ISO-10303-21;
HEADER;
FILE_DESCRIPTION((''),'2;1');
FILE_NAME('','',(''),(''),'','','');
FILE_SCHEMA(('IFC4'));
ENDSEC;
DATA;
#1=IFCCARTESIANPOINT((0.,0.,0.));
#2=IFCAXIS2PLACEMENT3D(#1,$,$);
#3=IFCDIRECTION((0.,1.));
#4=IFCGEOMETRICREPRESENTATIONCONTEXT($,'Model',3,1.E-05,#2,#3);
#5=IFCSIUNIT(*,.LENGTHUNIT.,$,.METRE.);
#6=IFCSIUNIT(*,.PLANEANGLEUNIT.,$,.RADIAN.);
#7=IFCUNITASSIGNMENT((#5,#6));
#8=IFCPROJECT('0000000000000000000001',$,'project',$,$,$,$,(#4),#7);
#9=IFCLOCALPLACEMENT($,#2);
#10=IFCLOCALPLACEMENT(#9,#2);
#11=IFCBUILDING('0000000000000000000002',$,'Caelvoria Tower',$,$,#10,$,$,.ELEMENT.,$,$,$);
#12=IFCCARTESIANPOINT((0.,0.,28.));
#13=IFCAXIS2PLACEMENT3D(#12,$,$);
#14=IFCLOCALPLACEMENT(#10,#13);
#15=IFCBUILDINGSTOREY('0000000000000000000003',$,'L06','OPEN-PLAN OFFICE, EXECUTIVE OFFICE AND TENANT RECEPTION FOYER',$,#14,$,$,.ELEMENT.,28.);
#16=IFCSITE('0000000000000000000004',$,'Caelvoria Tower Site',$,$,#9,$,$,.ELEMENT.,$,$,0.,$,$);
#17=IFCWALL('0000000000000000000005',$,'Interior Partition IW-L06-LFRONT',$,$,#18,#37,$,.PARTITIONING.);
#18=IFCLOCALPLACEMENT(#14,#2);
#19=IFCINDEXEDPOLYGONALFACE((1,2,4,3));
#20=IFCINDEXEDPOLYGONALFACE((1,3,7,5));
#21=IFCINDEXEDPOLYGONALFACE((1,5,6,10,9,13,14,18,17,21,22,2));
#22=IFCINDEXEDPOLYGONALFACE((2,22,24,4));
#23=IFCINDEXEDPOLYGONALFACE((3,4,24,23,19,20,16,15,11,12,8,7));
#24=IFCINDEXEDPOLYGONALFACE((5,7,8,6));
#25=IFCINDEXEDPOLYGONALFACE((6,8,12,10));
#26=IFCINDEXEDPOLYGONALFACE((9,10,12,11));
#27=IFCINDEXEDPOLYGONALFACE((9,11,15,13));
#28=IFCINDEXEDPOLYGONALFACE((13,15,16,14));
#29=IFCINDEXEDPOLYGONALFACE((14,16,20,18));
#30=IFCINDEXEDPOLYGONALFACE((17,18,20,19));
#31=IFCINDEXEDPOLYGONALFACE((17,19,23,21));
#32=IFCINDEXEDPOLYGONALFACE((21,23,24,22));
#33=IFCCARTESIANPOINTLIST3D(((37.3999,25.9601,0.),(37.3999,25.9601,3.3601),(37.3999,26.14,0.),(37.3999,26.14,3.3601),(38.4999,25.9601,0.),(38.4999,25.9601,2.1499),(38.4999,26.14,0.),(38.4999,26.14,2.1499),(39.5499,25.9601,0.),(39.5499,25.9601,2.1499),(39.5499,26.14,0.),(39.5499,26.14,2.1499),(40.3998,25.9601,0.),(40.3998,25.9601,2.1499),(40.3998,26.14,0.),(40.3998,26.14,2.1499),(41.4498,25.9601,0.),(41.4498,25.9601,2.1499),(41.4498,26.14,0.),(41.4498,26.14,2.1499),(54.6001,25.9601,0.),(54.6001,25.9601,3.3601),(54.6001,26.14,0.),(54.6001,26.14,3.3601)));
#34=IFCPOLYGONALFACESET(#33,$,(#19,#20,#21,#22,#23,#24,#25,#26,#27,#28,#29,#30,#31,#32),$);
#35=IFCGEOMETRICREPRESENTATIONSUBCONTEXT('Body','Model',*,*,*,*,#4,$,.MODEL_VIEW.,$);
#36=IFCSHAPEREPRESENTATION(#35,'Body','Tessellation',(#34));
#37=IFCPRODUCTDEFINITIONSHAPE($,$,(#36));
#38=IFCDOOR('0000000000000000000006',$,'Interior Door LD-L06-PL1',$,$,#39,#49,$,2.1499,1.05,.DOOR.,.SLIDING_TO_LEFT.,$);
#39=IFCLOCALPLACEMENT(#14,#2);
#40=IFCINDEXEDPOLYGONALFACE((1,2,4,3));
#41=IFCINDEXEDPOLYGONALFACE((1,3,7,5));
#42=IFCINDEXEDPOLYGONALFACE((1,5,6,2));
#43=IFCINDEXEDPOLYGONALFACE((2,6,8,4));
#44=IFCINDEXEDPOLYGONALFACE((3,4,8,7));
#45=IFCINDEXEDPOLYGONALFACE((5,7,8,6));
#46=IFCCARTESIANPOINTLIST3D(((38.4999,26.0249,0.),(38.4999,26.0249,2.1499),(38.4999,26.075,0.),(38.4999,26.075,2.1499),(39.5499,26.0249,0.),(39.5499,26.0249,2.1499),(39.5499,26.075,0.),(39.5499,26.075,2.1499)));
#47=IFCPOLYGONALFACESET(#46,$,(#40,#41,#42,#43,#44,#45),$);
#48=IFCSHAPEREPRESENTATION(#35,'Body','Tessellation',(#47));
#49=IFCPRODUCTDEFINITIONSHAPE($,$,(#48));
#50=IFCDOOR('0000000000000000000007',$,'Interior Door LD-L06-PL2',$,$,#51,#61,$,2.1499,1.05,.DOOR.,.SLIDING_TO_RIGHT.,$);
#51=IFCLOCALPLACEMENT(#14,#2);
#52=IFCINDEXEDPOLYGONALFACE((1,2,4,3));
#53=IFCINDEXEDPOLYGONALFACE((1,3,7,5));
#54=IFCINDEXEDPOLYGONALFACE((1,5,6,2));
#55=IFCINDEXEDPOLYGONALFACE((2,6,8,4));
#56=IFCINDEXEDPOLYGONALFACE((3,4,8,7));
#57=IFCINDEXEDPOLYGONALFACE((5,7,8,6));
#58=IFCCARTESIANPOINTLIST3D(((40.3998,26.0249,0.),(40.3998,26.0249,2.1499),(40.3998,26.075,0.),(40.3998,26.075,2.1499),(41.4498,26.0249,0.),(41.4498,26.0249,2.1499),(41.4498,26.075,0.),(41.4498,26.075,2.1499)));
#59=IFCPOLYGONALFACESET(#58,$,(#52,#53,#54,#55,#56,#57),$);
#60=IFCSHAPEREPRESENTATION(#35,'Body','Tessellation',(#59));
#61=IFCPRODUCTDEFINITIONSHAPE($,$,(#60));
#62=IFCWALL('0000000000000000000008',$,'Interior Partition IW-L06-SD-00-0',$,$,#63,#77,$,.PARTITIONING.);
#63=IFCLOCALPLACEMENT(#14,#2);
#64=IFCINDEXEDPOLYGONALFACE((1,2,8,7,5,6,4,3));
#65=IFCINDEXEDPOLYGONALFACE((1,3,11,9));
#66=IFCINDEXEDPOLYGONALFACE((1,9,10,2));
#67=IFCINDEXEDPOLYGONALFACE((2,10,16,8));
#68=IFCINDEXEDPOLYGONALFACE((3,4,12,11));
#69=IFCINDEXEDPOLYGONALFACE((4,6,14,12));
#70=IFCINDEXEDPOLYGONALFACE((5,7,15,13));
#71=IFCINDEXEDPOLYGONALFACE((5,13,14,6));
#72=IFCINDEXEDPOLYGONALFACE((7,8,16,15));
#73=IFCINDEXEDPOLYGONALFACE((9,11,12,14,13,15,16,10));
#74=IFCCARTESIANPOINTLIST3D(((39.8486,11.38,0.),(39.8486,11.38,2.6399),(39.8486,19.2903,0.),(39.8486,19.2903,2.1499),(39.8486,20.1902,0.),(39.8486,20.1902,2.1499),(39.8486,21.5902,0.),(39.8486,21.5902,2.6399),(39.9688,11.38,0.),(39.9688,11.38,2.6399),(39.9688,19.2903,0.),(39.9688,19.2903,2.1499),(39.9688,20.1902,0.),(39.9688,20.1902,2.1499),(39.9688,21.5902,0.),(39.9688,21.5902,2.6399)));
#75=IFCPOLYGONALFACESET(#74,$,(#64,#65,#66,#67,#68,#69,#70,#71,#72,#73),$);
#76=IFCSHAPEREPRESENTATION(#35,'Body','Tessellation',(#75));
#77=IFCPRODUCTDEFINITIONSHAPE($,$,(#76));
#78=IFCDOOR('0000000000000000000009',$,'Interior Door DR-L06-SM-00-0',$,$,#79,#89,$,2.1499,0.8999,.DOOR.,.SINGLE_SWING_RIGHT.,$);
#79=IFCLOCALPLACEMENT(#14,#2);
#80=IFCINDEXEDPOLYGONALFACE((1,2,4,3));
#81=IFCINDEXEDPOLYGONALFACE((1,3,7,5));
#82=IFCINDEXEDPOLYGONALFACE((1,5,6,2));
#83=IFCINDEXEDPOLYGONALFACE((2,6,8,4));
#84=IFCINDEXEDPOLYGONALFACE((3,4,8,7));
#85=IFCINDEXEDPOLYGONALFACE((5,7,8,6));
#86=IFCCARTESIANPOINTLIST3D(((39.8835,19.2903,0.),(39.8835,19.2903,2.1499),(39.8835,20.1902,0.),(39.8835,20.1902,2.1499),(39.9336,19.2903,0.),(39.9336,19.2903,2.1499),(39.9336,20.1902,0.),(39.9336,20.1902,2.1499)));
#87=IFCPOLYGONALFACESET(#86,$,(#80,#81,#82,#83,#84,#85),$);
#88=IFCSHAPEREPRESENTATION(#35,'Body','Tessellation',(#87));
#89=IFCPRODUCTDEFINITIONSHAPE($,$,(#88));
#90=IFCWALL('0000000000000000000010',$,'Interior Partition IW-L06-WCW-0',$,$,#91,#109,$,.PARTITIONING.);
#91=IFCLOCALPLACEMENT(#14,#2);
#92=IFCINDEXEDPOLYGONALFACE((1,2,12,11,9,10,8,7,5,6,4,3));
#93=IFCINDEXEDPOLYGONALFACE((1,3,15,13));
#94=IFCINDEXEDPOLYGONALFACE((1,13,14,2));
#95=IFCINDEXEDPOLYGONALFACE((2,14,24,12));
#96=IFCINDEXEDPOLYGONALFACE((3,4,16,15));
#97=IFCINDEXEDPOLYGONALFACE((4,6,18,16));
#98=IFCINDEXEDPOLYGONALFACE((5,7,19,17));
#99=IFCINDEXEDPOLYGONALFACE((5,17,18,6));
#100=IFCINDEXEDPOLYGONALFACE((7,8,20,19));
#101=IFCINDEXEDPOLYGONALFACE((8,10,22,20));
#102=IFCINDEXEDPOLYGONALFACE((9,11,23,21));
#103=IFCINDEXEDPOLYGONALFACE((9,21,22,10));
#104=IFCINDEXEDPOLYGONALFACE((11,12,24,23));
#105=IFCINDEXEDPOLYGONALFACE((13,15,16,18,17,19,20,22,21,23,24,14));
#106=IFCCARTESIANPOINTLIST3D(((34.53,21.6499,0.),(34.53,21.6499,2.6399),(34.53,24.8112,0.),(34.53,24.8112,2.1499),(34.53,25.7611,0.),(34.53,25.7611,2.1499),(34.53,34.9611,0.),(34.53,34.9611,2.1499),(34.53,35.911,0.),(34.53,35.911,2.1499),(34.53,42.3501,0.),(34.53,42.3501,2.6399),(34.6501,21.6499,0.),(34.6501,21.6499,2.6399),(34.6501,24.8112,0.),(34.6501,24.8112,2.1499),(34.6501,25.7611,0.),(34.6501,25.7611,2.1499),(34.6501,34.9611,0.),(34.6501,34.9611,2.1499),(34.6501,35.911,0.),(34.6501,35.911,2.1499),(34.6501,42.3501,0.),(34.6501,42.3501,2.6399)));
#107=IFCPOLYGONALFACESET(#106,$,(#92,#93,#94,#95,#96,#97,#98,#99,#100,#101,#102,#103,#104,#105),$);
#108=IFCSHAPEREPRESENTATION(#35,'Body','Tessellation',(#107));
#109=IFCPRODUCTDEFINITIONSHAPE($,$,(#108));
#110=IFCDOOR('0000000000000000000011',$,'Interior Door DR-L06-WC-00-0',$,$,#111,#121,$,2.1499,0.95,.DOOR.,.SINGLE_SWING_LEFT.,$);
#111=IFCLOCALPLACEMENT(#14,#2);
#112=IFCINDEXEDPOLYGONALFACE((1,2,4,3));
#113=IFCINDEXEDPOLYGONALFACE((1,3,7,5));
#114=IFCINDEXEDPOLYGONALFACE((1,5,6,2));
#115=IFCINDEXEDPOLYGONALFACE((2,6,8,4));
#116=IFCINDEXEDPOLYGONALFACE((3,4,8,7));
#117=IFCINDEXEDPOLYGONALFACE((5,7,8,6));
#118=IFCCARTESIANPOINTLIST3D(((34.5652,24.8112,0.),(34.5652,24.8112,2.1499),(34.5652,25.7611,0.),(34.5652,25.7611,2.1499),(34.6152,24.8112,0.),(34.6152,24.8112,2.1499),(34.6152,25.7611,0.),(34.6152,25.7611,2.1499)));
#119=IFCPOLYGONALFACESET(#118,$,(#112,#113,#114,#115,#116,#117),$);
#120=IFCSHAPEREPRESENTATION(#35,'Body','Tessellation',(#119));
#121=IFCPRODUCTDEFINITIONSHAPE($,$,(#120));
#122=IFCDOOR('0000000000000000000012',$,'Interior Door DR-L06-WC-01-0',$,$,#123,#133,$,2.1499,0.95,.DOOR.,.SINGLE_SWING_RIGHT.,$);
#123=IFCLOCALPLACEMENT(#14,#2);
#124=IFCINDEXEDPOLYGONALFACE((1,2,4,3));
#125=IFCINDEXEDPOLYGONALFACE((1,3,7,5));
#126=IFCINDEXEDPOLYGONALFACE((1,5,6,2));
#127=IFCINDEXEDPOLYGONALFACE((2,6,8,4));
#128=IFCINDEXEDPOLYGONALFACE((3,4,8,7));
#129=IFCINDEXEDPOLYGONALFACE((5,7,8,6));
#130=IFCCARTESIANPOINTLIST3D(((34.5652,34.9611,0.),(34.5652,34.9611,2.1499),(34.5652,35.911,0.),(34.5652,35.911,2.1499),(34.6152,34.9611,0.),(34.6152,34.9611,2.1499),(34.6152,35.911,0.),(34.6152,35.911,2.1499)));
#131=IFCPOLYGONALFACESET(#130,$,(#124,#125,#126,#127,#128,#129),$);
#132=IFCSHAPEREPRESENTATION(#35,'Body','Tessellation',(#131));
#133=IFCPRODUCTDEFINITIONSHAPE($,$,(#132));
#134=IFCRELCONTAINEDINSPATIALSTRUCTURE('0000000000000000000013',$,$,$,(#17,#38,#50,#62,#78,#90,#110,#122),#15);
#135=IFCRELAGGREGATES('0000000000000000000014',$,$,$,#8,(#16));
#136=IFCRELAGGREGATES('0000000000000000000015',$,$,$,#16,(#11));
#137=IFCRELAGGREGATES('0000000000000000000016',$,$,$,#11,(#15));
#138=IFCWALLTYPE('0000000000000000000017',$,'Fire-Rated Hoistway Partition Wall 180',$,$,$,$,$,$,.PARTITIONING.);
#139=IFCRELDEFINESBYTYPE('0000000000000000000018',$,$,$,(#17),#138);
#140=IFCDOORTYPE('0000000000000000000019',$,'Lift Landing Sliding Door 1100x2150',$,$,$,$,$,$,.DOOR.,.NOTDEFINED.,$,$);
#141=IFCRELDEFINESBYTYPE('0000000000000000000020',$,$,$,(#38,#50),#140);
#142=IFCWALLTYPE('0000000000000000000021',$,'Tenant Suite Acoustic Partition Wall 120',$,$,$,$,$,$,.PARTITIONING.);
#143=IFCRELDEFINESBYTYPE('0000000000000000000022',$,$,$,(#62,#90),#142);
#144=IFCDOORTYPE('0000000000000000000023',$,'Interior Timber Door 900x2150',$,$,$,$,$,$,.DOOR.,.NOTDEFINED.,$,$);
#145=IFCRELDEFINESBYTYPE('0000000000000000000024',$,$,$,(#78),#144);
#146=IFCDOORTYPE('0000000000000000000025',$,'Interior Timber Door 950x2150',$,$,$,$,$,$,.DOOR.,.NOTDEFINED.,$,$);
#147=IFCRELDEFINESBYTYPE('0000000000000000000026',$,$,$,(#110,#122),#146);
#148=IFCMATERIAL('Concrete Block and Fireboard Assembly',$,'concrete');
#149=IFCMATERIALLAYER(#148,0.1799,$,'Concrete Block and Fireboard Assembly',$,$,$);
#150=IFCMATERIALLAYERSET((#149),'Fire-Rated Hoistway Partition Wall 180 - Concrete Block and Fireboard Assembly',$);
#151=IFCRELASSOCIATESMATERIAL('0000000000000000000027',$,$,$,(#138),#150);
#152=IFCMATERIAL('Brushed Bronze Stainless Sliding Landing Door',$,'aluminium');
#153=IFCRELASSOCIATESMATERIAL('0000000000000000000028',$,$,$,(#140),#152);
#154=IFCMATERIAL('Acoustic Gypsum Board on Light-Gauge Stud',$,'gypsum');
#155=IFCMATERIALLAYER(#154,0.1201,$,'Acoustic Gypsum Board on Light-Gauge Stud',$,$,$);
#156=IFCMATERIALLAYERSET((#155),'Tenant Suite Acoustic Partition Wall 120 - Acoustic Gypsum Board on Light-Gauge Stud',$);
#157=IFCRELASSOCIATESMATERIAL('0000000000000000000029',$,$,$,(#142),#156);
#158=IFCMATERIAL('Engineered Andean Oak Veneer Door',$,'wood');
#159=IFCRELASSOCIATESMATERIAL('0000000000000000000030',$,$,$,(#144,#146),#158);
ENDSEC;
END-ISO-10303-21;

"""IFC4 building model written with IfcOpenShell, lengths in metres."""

from ifc_helpers import new_model, si_unit, direction, frame, frame_2d, origin, place, context, subcontext, project, spatial, rectangle, extrude, material, layer, layer_set, type_object, element, fill, save


model = new_model("IFC4")

# Units and contexts
model_context = context("Model", 3, precision=1e-05, world=origin(), true_north=direction((0.0, 1.0)))
body_context = subcontext(model_context, "Body", "Model", "MODEL_VIEW")
ifc_project = project(units=[si_unit("LENGTHUNIT", "METRE"), si_unit("PLANEANGLEUNIT", "RADIAN")], contexts=[model_context])

# Site, building, storey
site_placement = place(None, origin())
site = spatial("IfcSite", under=ifc_project, at=site_placement, Name="Caelvoria Tower Site", CompositionType="ELEMENT", RefElevation=0.0)
building_placement = place(site_placement, origin())
building = spatial("IfcBuilding", under=site, at=building_placement, Name="Caelvoria Tower", CompositionType="ELEMENT")
storey_placement = place(building_placement, frame((0.0, 0.0, 28.0)))
storey = spatial("IfcBuildingStorey", under=building, at=storey_placement, Name="L06", Description="OPEN-PLAN OFFICE, EXECUTIVE OFFICE AND TENANT RECEPTION FOYER", CompositionType="ELEMENT", Elevation=28.0)

# Shared definitions
ifc_material_1 = material(Name="Concrete Block and Fireboard Assembly", Category="concrete")
ifc_layer_1 = layer(ifc_material_1, 0.1799, Name="Concrete Block and Fireboard Assembly")
ifc_layer_set_1 = layer_set([ifc_layer_1], Name="Fire-Rated Hoistway Partition Wall 180 - Concrete Block and Fireboard Assembly")
wall_type_1 = type_object("IfcWallType", Name="Fire-Rated Hoistway Partition Wall 180", PredefinedType="PARTITIONING", material=ifc_layer_set_1)

# Wall, openings, doors
wall_1_placement = place(storey_placement, frame((37.3999, 26.05, 0.0), z_axis=(0.0, 0.0, 1.0), x_axis=(1.0, 0.0, 0.0)))
wall_1 = element("IfcWall", 1, at=wall_1_placement, inside=storey, type_object=wall_type_1, Name="Interior Partition IW-L06-LFRONT", PredefinedType="PARTITIONING", context=body_context, shape_type="SweptSolid", body=[
    extrude(rectangle(XDim=17.2002, YDim=0.1799, at=frame_2d((8.6001, 0.0))), origin(), (0.0, 0.0, 1.0), 3.3601),
])
opening_1_placement = place(wall_1_placement, frame((1.1001, 0.0, 0.0)))
opening_1 = element("IfcOpeningElement", 2, at=opening_1_placement, cuts=wall_1, PredefinedType="OPENING", context=body_context, shape_type="SweptSolid", body=[
    extrude(rectangle(XDim=1.05, YDim=2.1499, at=frame_2d((0.5249, 1.075))), frame((0.0, 0.0999, 0.0), z_axis=(0.0, -1.0, 0.0), x_axis=(1.0, 0.0, 0.0)), (0.0, 0.0, 1.0), 0.2),
])
opening_2_placement = place(wall_1_placement, frame((3.0, 0.0, 0.0)))
opening_2 = element("IfcOpeningElement", 3, at=opening_2_placement, cuts=wall_1, PredefinedType="OPENING", context=body_context, shape_type="SweptSolid", body=[
    extrude(rectangle(XDim=1.05, YDim=2.1499, at=frame_2d((0.5249, 1.075))), frame((0.0, 0.0999, 0.0), z_axis=(0.0, -1.0, 0.0), x_axis=(1.0, 0.0, 0.0)), (0.0, 0.0, 1.0), 0.2),
])
ifc_material_2 = material(Name="Brushed Bronze Stainless Sliding Landing Door", Category="aluminium")
door_type_1 = type_object("IfcDoorType", Name="Lift Landing Sliding Door 1100x2150", OperationType="NOTDEFINED", PredefinedType="DOOR", material=ifc_material_2)
door_1_placement = place(opening_1_placement, origin())
door_1 = element("IfcDoor", 4, at=door_1_placement, inside=storey, type_object=door_type_1, Name="Interior Door LD-L06-PL1", OperationType="SLIDING_TO_LEFT", OverallHeight=2.1499, OverallWidth=1.05, PredefinedType="DOOR", context=body_context, shape_type="SweptSolid", body=[
    extrude(rectangle(XDim=1.05, YDim=2.1499, at=frame_2d((0.5249, 1.075))), frame((0.0, 0.0249, 0.0), z_axis=(0.0, -1.0, 0.0), x_axis=(1.0, 0.0, 0.0)), (0.0, 0.0, 1.0), 0.05),
])
fill(opening_1, door_1)
door_2_placement = place(opening_2_placement, origin())
door_2 = element("IfcDoor", 5, at=door_2_placement, inside=storey, type_object=door_type_1, Name="Interior Door LD-L06-PL2", OperationType="SLIDING_TO_RIGHT", OverallHeight=2.1499, OverallWidth=1.05, PredefinedType="DOOR", context=body_context, shape_type="SweptSolid", body=[
    extrude(rectangle(XDim=1.05, YDim=2.1499, at=frame_2d((0.5249, 1.075))), frame((0.0, 0.0249, 0.0), z_axis=(0.0, -1.0, 0.0), x_axis=(1.0, 0.0, 0.0)), (0.0, 0.0, 1.0), 0.05),
])
fill(opening_2, door_2)

# Wall, opening, door
ifc_material_3 = material(Name="Acoustic Gypsum Board on Light-Gauge Stud", Category="gypsum")
ifc_layer_2 = layer(ifc_material_3, 0.1201, Name="Acoustic Gypsum Board on Light-Gauge Stud")
ifc_layer_set_2 = layer_set([ifc_layer_2], Name="Tenant Suite Acoustic Partition Wall 120 - Acoustic Gypsum Board on Light-Gauge Stud")
wall_type_2 = type_object("IfcWallType", Name="Tenant Suite Acoustic Partition Wall 120", PredefinedType="PARTITIONING", material=ifc_layer_set_2)
wall_2_placement = place(storey_placement, frame((39.9087, 21.5901, 0.0), z_axis=(0.0, 0.0, 1.0), x_axis=(0.0, -1.0, 0.0)))
wall_2 = element("IfcWall", 6, at=wall_2_placement, inside=storey, type_object=wall_type_2, Name="Interior Partition IW-L06-SD-00-0", PredefinedType="PARTITIONING", context=body_context, shape_type="SweptSolid", body=[
    extrude(rectangle(XDim=10.2102, YDim=0.1201, at=frame_2d((5.105, 0.0))), origin(), (0.0, 0.0, 1.0), 2.6399),
])
opening_3_placement = place(wall_2_placement, frame((1.3999, 0.0, 0.0)))
opening_3 = element("IfcOpeningElement", 7, at=opening_3_placement, cuts=wall_2, PredefinedType="OPENING", context=body_context, shape_type="SweptSolid", body=[
    extrude(rectangle(XDim=0.8999, YDim=2.1499, at=frame_2d((0.45, 1.075))), frame((0.0, 0.0701, 0.0), z_axis=(0.0, -1.0, 0.0), x_axis=(1.0, 0.0, 0.0)), (0.0, 0.0, 1.0), 0.1401),
])
ifc_material_4 = material(Name="Engineered Andean Oak Veneer Door", Category="wood")
door_type_2 = type_object("IfcDoorType", Name="Interior Timber Door 900x2150", OperationType="NOTDEFINED", PredefinedType="DOOR", material=ifc_material_4)
door_3_placement = place(opening_3_placement, origin())
door_3 = element("IfcDoor", 8, at=door_3_placement, inside=storey, type_object=door_type_2, Name="Interior Door DR-L06-SM-00-0", OperationType="SINGLE_SWING_RIGHT", OverallHeight=2.1499, OverallWidth=0.8999, PredefinedType="DOOR", context=body_context, shape_type="SweptSolid", body=[
    extrude(rectangle(XDim=0.8999, YDim=2.1499, at=frame_2d((0.45, 1.075))), frame((0.0, 0.0249, 0.0), z_axis=(0.0, -1.0, 0.0), x_axis=(1.0, 0.0, 0.0)), (0.0, 0.0, 1.0), 0.05),
])
fill(opening_3, door_3)

# Wall, openings, doors
wall_3_placement = place(storey_placement, frame((34.5901, 21.6499, 0.0), z_axis=(0.0, 0.0, 1.0), x_axis=(0.0, 1.0, 0.0)))
wall_3 = element("IfcWall", 9, at=wall_3_placement, inside=storey, type_object=wall_type_2, Name="Interior Partition IW-L06-WCW-0", PredefinedType="PARTITIONING", context=body_context, shape_type="SweptSolid", body=[
    extrude(rectangle(XDim=20.7002, YDim=0.1201, at=frame_2d((10.3501, 0.0))), origin(), (0.0, 0.0, 1.0), 2.6399),
])
opening_4_placement = place(wall_3_placement, frame((3.1611, 0.0, 0.0)))
opening_4 = element("IfcOpeningElement", 10, at=opening_4_placement, cuts=wall_3, PredefinedType="OPENING", context=body_context, shape_type="SweptSolid", body=[
    extrude(rectangle(XDim=0.95, YDim=2.1499, at=frame_2d((0.4751, 1.075))), frame((0.0, 0.0701, 0.0), z_axis=(0.0, -1.0, 0.0), x_axis=(1.0, 0.0, 0.0)), (0.0, 0.0, 1.0), 0.1401),
])
opening_5_placement = place(wall_3_placement, frame((13.311, 0.0, 0.0)))
opening_5 = element("IfcOpeningElement", 11, at=opening_5_placement, cuts=wall_3, PredefinedType="OPENING", context=body_context, shape_type="SweptSolid", body=[
    extrude(rectangle(XDim=0.95, YDim=2.1499, at=frame_2d((0.4751, 1.075))), frame((0.0, 0.0701, 0.0), z_axis=(0.0, -1.0, 0.0), x_axis=(1.0, 0.0, 0.0)), (0.0, 0.0, 1.0), 0.1401),
])
door_type_3 = type_object("IfcDoorType", Name="Interior Timber Door 950x2150", OperationType="NOTDEFINED", PredefinedType="DOOR", material=ifc_material_4)
door_4_placement = place(opening_4_placement, origin())
door_4 = element("IfcDoor", 12, at=door_4_placement, inside=storey, type_object=door_type_3, Name="Interior Door DR-L06-WC-00-0", OperationType="SINGLE_SWING_LEFT", OverallHeight=2.1499, OverallWidth=0.95, PredefinedType="DOOR", context=body_context, shape_type="SweptSolid", body=[
    extrude(rectangle(XDim=0.95, YDim=2.1499, at=frame_2d((0.4751, 1.075))), frame((0.0, 0.0249, 0.0), z_axis=(0.0, -1.0, 0.0), x_axis=(1.0, 0.0, 0.0)), (0.0, 0.0, 1.0), 0.05),
])
fill(opening_4, door_4)
door_5_placement = place(opening_5_placement, origin())
door_5 = element("IfcDoor", 13, at=door_5_placement, inside=storey, type_object=door_type_3, Name="Interior Door DR-L06-WC-01-0", OperationType="SINGLE_SWING_RIGHT", OverallHeight=2.1499, OverallWidth=0.95, PredefinedType="DOOR", context=body_context, shape_type="SweptSolid", body=[
    extrude(rectangle(XDim=0.95, YDim=2.1499, at=frame_2d((0.4751, 1.075))), frame((0.0, 0.0249, 0.0), z_axis=(0.0, -1.0, 0.0), x_axis=(1.0, 0.0, 0.0)), (0.0, 0.0, 1.0), 0.05),
])
fill(opening_5, door_5)

save(model, "model.ifc")
